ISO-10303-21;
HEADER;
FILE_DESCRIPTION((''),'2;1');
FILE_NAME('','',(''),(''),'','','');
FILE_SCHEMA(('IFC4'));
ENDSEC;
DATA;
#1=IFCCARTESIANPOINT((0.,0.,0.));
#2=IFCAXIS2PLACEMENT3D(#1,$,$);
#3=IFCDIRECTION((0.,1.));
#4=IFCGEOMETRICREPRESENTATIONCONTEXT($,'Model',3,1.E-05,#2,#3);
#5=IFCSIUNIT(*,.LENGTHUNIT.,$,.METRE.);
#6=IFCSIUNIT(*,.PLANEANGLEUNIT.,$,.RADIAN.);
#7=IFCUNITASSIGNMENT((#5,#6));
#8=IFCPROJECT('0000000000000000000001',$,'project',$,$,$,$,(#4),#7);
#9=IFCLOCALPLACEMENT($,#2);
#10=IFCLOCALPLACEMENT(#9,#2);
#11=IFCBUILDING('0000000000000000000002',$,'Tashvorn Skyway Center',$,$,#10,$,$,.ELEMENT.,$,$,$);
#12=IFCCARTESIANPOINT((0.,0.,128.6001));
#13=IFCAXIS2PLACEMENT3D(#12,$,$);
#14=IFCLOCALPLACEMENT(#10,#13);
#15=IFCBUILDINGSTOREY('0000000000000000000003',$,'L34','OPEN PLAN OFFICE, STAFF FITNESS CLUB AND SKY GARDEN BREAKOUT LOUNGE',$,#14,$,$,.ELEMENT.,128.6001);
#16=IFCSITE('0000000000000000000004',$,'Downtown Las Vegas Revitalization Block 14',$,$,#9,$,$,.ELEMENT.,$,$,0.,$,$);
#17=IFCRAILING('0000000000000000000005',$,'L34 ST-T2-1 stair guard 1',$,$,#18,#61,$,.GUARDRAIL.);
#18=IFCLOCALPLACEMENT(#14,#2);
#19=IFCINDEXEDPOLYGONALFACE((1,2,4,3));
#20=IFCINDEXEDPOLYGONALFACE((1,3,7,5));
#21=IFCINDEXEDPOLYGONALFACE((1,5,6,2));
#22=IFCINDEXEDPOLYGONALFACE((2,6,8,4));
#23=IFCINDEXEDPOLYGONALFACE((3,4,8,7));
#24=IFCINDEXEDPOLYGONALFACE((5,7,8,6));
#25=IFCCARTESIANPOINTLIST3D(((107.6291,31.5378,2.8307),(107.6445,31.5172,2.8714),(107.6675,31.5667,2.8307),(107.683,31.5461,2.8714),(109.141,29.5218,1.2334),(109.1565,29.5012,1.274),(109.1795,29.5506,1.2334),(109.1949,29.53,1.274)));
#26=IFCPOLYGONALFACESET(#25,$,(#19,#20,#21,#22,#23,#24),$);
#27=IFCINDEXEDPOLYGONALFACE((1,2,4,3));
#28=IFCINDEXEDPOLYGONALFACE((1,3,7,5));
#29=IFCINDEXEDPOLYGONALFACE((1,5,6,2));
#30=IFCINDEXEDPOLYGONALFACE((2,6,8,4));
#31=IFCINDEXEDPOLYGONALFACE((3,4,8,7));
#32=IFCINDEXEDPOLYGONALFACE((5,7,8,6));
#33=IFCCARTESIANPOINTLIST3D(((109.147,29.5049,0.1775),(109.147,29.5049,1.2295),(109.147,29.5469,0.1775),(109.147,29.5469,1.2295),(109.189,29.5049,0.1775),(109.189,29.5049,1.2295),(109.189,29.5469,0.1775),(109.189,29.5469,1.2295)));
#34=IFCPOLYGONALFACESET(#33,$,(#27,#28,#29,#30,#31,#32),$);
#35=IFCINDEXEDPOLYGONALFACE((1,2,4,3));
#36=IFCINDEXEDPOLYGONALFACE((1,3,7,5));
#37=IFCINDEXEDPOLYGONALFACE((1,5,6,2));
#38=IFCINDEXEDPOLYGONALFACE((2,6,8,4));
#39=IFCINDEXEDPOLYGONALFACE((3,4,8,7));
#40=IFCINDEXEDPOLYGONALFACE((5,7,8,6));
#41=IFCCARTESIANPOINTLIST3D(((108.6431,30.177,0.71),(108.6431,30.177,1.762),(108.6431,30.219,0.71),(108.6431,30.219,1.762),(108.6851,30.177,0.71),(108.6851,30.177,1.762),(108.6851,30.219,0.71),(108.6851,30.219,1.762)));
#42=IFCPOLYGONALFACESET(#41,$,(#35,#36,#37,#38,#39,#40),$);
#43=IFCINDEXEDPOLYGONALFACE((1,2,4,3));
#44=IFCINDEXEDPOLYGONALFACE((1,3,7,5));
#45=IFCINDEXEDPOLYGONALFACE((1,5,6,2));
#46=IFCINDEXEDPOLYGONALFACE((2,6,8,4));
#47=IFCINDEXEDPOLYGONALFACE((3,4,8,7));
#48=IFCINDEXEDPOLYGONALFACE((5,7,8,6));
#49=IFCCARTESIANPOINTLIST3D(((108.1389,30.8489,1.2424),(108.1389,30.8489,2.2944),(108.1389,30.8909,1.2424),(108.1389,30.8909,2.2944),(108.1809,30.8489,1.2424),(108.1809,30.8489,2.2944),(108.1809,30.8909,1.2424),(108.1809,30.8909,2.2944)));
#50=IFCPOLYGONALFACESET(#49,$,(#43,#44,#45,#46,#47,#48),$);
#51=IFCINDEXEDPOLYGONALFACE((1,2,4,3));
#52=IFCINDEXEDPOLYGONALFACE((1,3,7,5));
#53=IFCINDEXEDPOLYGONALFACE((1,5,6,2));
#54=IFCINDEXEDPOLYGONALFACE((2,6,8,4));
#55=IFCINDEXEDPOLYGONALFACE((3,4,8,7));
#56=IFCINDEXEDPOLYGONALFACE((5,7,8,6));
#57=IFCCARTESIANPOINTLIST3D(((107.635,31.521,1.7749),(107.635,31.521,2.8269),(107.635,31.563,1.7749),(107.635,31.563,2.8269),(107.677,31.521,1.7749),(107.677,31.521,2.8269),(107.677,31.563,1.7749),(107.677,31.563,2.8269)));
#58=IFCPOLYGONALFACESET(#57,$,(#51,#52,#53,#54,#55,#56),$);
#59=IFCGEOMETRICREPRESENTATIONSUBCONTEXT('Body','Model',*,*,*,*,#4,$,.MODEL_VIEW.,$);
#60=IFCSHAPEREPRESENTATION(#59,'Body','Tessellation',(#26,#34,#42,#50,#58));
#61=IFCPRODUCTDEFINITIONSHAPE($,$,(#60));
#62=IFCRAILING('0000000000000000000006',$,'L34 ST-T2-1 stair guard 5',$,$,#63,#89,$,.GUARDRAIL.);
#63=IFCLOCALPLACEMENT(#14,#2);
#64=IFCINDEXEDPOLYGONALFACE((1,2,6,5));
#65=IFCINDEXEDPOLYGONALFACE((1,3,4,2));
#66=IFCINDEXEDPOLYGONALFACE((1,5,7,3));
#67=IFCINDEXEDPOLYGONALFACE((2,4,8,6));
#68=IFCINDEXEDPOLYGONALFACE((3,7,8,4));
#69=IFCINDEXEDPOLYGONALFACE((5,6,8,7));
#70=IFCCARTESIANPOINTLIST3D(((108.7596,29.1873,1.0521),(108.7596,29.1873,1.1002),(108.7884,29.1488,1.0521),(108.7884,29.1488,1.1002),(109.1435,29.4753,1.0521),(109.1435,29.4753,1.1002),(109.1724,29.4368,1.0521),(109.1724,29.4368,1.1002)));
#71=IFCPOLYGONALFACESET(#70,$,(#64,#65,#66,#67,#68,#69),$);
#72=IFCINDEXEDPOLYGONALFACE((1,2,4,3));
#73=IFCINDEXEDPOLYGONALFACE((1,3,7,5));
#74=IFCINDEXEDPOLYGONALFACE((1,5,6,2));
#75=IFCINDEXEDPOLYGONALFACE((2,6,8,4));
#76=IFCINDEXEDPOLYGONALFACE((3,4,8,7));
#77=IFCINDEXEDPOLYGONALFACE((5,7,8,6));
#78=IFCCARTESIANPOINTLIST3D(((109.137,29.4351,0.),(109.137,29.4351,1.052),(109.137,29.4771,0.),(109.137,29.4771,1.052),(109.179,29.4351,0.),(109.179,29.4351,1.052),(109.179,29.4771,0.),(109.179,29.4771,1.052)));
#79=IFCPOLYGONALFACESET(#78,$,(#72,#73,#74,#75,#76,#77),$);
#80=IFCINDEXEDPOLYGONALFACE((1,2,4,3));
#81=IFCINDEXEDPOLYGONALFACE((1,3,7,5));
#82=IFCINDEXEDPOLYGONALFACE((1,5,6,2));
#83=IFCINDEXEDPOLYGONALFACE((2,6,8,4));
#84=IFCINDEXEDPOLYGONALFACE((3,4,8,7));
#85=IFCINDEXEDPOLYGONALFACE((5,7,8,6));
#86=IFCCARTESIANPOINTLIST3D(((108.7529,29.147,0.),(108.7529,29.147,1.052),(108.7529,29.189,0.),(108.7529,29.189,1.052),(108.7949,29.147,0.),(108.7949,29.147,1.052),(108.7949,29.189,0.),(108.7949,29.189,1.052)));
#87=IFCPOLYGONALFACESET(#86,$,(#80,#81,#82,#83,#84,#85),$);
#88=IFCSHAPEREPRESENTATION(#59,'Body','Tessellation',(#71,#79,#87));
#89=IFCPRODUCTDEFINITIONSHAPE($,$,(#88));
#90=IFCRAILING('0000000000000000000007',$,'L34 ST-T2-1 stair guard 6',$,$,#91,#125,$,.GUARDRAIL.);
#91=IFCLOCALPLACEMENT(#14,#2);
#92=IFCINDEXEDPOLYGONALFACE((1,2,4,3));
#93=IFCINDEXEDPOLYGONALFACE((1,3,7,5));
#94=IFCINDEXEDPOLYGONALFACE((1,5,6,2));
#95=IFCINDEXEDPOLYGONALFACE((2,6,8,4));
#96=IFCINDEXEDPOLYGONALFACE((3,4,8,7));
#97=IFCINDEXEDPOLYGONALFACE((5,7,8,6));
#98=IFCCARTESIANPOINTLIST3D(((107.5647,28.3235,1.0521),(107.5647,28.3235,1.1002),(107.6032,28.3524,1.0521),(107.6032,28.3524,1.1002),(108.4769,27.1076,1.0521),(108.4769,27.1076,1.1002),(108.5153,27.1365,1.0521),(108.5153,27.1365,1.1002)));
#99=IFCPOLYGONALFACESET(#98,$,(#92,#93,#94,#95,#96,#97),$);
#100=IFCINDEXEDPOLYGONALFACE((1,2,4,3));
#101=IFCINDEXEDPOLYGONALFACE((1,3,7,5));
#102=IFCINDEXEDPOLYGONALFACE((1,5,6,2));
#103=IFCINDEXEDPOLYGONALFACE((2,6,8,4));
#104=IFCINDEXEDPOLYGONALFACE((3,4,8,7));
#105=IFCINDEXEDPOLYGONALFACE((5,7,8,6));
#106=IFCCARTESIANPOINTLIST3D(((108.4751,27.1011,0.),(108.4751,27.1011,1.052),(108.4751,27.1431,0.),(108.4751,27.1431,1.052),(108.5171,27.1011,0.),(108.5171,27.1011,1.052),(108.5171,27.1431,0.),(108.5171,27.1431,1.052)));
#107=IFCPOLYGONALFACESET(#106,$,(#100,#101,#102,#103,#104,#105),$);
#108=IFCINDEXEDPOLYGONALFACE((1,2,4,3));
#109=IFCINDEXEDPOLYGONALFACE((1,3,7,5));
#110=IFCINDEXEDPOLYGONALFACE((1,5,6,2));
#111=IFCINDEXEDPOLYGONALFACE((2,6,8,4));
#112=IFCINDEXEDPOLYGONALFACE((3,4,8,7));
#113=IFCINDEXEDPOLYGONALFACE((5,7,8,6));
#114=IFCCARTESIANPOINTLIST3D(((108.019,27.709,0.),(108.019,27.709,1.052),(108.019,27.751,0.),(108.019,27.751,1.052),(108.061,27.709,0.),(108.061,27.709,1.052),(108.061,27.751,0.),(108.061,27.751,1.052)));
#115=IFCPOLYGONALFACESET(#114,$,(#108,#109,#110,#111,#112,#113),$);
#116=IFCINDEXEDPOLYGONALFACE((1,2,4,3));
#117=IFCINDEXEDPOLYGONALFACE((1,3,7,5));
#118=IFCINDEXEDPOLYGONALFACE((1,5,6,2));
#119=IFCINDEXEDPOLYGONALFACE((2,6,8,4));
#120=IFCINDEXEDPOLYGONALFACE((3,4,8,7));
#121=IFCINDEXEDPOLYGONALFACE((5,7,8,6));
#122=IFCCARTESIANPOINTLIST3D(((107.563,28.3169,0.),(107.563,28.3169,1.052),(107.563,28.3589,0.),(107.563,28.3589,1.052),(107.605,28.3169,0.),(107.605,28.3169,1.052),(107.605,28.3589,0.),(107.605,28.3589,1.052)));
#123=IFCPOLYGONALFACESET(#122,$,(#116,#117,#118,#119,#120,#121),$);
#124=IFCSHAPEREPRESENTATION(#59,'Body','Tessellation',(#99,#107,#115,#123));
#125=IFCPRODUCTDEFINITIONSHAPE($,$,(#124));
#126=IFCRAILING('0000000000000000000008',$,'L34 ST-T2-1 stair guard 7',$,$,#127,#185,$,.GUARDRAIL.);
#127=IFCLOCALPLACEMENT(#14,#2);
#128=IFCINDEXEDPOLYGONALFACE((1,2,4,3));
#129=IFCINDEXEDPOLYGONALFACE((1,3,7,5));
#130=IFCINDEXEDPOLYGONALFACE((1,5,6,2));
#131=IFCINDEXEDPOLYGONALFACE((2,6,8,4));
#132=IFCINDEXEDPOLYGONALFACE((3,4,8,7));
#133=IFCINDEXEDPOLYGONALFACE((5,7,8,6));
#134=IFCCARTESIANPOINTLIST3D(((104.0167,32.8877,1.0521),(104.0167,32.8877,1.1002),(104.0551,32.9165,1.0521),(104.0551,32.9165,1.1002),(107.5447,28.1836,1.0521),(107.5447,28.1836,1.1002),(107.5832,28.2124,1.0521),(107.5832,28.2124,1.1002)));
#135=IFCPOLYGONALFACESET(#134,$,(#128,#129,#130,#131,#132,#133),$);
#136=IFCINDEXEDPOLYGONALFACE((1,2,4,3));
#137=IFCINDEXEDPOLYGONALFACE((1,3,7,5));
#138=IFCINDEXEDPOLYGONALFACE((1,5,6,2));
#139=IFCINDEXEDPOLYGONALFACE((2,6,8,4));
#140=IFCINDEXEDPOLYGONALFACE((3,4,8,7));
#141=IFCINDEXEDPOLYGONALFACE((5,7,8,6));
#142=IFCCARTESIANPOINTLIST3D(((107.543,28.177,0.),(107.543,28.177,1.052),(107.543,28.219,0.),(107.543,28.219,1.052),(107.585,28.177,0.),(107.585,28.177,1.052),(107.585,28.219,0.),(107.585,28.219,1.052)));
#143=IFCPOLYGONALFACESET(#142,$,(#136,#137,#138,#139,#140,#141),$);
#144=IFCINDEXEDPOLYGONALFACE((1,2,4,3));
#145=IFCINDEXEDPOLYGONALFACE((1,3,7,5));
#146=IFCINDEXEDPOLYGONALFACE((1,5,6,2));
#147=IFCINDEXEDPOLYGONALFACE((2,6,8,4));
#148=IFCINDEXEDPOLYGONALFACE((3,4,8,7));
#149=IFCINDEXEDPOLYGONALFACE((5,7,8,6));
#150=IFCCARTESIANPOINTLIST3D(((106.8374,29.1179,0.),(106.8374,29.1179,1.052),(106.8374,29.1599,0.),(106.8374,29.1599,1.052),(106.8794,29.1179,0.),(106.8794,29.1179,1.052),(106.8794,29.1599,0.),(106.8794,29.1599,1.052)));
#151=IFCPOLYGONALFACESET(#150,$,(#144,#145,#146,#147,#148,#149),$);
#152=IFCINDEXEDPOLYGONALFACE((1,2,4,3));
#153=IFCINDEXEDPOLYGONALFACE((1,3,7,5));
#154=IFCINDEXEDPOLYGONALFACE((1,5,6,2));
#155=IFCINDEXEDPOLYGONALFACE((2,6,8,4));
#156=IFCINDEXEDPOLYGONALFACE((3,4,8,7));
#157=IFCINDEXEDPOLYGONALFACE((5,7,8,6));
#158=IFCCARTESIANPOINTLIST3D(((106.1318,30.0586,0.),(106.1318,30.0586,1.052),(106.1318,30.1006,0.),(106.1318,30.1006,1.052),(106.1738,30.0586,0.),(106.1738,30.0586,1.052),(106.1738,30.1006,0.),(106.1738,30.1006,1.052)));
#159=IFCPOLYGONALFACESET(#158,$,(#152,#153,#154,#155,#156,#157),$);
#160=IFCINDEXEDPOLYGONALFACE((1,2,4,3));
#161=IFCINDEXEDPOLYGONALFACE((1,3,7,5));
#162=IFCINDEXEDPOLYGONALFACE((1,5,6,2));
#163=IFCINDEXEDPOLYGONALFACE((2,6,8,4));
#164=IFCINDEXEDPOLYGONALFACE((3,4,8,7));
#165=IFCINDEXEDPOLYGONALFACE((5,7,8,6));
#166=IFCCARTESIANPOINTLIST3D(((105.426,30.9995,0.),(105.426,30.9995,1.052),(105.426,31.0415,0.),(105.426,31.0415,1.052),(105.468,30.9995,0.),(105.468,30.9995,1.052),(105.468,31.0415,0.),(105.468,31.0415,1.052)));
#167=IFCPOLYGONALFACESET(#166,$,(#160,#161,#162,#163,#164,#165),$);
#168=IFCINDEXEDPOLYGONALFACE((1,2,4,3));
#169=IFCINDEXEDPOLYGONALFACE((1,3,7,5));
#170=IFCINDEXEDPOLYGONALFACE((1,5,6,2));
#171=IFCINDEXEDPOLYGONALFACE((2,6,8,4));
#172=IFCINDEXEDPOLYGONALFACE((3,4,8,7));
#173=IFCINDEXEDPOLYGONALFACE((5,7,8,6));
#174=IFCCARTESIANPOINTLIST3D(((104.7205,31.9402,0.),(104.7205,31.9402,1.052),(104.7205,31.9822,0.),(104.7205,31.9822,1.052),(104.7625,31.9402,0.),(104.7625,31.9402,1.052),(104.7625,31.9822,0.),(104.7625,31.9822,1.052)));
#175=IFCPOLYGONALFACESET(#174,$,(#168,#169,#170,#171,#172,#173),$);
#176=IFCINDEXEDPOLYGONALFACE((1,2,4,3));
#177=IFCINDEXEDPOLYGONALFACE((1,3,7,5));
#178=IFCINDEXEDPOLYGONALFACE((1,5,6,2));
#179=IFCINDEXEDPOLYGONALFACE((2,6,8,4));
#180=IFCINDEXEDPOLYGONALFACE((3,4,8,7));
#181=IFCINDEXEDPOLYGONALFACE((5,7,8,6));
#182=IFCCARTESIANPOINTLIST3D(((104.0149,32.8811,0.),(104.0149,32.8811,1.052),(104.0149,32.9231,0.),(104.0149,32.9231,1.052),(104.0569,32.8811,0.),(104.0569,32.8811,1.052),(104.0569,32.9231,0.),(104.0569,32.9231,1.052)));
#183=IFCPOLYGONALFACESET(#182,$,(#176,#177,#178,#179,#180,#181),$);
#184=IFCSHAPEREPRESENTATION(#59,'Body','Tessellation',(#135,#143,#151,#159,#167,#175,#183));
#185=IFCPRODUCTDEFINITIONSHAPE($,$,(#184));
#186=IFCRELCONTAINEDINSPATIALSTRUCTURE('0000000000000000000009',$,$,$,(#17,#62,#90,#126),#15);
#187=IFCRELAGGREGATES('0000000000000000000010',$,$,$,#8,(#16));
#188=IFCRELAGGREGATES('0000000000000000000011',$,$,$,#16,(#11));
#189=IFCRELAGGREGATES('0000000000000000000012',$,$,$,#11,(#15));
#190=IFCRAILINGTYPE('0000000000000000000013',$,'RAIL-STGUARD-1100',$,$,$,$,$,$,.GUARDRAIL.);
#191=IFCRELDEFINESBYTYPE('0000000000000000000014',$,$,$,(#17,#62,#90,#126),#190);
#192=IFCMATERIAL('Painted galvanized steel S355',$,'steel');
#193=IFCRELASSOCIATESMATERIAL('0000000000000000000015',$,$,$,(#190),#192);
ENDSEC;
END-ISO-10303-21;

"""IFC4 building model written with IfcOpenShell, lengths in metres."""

from ifc_helpers import new_model, si_unit, direction, frame, origin, origin_2d, place, context, subcontext, project, spatial, rectangle, extrude, material, type_object, element, save


model = new_model("IFC4")

# Units and contexts
model_context = context("Model", 3, precision=1e-05, world=origin(), true_north=direction((0.0, 1.0)))
body_context = subcontext(model_context, "Body", "Model", "MODEL_VIEW")
ifc_project = project(units=[si_unit("LENGTHUNIT", "METRE"), si_unit("PLANEANGLEUNIT", "RADIAN")], contexts=[model_context])

# Site, building, storey
site_placement = place(None, origin())
site = spatial("IfcSite", under=ifc_project, at=site_placement, Name="Downtown Las Vegas Revitalization Block 14", CompositionType="ELEMENT", RefElevation=0.0)
building_placement = place(site_placement, origin())
building = spatial("IfcBuilding", under=site, at=building_placement, Name="Tashvorn Skyway Center", CompositionType="ELEMENT")
storey_placement = place(building_placement, frame((0.0, 0.0, 128.6001)))
storey = spatial("IfcBuildingStorey", under=building, at=storey_placement, Name="L34", Description="OPEN PLAN OFFICE, STAFF FITNESS CLUB AND SKY GARDEN BREAKOUT LOUNGE", CompositionType="ELEMENT", Elevation=128.6001)

# Railings
ifc_material_1 = material(Name="Painted galvanized steel S355", Category="steel")
railing_type = type_object("IfcRailingType", Name="RAIL-STGUARD-1100", PredefinedType="GUARDRAIL", material=ifc_material_1)
railing_1_placement = place(storey_placement, frame((109.168, 29.5259, 0.1775)))
element("IfcRailing", 1, at=railing_1_placement, inside=storey, type_object=railing_type, Name="L34 ST-T2-1 stair guard 1", PredefinedType="GUARDRAIL", context=body_context, shape_type="SweptSolid", body=[
    extrude(rectangle(XDim=0.0481, YDim=0.0481, at=origin_2d()), frame((0.0, 0.0, 1.0762), z_axis=(-0.506741, 0.675709, 0.535379), x_axis=(-0.800023, -0.599969, 0.0)), (0.0, 0.0, 1.0), 2.9836),
    extrude(rectangle(XDim=0.042, YDim=0.042, at=origin_2d()), origin(), (0.0, 0.0, 1.0), 1.052),
    extrude(rectangle(XDim=0.042, YDim=0.042, at=origin_2d()), frame((-0.5039, 0.6721, 0.5325)), (0.0, 0.0, 1.0), 1.052),
    extrude(rectangle(XDim=0.042, YDim=0.042, at=origin_2d()), frame((-1.0081, 1.344, 1.0649)), (0.0, 0.0, 1.0), 1.052),
    extrude(rectangle(XDim=0.042, YDim=0.042, at=origin_2d()), frame((-1.512, 2.0161, 1.5974)), (0.0, 0.0, 1.0), 1.052),
])
railing_2_placement = place(storey_placement, frame((109.158, 29.4561, 0.0)))
element("IfcRailing", 2, at=railing_2_placement, inside=storey, type_object=railing_type, Name="L34 ST-T2-1 stair guard 5", PredefinedType="GUARDRAIL", context=body_context, shape_type="SweptSolid", body=[
    extrude(rectangle(XDim=0.0481, YDim=0.0481, at=origin_2d()), frame((0.0, 0.0, 1.0762), z_axis=(-0.799939, -0.600081, 0.0), x_axis=(0.600081, -0.799939, 0.0)), (0.0, 0.0, 1.0), 0.48),
    extrude(rectangle(XDim=0.042, YDim=0.042, at=origin_2d()), origin(), (0.0, 0.0, 1.0), 1.052),
    extrude(rectangle(XDim=0.042, YDim=0.042, at=origin_2d()), frame((-0.384, -0.2881, 0.0)), (0.0, 0.0, 1.0), 1.052),
])
railing_3_placement = place(storey_placement, frame((108.4961, 27.1221, 0.0)))
element("IfcRailing", 3, at=railing_3_placement, inside=storey, type_object=railing_type, Name="L34 ST-T2-1 stair guard 6", PredefinedType="GUARDRAIL", context=body_context, shape_type="SweptSolid", body=[
    extrude(rectangle(XDim=0.0481, YDim=0.0481, at=origin_2d()), frame((0.0, 0.0, 1.0762), z_axis=(-0.600103, 0.799923, 0.0), x_axis=(-0.799923, -0.600103, 0.0)), (0.0, 0.0, 1.0), 1.52),
    extrude(rectangle(XDim=0.042, YDim=0.042, at=origin_2d()), origin(), (0.0, 0.0, 1.0), 1.052),
    extrude(rectangle(XDim=0.042, YDim=0.042, at=origin_2d()), frame((-0.4561, 0.6079, 0.0)), (0.0, 0.0, 1.0), 1.052),
    extrude(rectangle(XDim=0.042, YDim=0.042, at=origin_2d()), frame((-0.9121, 1.2158, 0.0)), (0.0, 0.0, 1.0), 1.052),
])
railing_4_placement = place(storey_placement, frame((107.564, 28.198, 0.0)))
element("IfcRailing", 4, at=railing_4_placement, inside=storey, type_object=railing_type, Name="L34 ST-T2-1 stair guard 7", PredefinedType="GUARDRAIL", context=body_context, shape_type="SweptSolid", body=[
    extrude(rectangle(XDim=0.0481, YDim=0.0481, at=origin_2d()), frame((0.0, 0.0, 1.0762), z_axis=(-0.6, 0.8, 0.0), x_axis=(-0.8, -0.6, 0.0)), (0.0, 0.0, 1.0), 5.8801),
    extrude(rectangle(XDim=0.042, YDim=0.042, at=origin_2d()), origin(), (0.0, 0.0, 1.0), 1.052),
    extrude(rectangle(XDim=0.042, YDim=0.042, at=origin_2d()), frame((-0.7056, 0.9409, 0.0)), (0.0, 0.0, 1.0), 1.052),
    extrude(rectangle(XDim=0.042, YDim=0.042, at=origin_2d()), frame((-1.4111, 1.8816, 0.0)), (0.0, 0.0, 1.0), 1.052),
    extrude(rectangle(XDim=0.042, YDim=0.042, at=origin_2d()), frame((-2.1169, 2.8225, 0.0)), (0.0, 0.0, 1.0), 1.052),
    extrude(rectangle(XDim=0.042, YDim=0.042, at=origin_2d()), frame((-2.8225, 3.7632, 0.0)), (0.0, 0.0, 1.0), 1.052),
    extrude(rectangle(XDim=0.042, YDim=0.042, at=origin_2d()), frame((-3.5281, 4.7041, 0.0)), (0.0, 0.0, 1.0), 1.052),
])

save(model, "model.ifc")
